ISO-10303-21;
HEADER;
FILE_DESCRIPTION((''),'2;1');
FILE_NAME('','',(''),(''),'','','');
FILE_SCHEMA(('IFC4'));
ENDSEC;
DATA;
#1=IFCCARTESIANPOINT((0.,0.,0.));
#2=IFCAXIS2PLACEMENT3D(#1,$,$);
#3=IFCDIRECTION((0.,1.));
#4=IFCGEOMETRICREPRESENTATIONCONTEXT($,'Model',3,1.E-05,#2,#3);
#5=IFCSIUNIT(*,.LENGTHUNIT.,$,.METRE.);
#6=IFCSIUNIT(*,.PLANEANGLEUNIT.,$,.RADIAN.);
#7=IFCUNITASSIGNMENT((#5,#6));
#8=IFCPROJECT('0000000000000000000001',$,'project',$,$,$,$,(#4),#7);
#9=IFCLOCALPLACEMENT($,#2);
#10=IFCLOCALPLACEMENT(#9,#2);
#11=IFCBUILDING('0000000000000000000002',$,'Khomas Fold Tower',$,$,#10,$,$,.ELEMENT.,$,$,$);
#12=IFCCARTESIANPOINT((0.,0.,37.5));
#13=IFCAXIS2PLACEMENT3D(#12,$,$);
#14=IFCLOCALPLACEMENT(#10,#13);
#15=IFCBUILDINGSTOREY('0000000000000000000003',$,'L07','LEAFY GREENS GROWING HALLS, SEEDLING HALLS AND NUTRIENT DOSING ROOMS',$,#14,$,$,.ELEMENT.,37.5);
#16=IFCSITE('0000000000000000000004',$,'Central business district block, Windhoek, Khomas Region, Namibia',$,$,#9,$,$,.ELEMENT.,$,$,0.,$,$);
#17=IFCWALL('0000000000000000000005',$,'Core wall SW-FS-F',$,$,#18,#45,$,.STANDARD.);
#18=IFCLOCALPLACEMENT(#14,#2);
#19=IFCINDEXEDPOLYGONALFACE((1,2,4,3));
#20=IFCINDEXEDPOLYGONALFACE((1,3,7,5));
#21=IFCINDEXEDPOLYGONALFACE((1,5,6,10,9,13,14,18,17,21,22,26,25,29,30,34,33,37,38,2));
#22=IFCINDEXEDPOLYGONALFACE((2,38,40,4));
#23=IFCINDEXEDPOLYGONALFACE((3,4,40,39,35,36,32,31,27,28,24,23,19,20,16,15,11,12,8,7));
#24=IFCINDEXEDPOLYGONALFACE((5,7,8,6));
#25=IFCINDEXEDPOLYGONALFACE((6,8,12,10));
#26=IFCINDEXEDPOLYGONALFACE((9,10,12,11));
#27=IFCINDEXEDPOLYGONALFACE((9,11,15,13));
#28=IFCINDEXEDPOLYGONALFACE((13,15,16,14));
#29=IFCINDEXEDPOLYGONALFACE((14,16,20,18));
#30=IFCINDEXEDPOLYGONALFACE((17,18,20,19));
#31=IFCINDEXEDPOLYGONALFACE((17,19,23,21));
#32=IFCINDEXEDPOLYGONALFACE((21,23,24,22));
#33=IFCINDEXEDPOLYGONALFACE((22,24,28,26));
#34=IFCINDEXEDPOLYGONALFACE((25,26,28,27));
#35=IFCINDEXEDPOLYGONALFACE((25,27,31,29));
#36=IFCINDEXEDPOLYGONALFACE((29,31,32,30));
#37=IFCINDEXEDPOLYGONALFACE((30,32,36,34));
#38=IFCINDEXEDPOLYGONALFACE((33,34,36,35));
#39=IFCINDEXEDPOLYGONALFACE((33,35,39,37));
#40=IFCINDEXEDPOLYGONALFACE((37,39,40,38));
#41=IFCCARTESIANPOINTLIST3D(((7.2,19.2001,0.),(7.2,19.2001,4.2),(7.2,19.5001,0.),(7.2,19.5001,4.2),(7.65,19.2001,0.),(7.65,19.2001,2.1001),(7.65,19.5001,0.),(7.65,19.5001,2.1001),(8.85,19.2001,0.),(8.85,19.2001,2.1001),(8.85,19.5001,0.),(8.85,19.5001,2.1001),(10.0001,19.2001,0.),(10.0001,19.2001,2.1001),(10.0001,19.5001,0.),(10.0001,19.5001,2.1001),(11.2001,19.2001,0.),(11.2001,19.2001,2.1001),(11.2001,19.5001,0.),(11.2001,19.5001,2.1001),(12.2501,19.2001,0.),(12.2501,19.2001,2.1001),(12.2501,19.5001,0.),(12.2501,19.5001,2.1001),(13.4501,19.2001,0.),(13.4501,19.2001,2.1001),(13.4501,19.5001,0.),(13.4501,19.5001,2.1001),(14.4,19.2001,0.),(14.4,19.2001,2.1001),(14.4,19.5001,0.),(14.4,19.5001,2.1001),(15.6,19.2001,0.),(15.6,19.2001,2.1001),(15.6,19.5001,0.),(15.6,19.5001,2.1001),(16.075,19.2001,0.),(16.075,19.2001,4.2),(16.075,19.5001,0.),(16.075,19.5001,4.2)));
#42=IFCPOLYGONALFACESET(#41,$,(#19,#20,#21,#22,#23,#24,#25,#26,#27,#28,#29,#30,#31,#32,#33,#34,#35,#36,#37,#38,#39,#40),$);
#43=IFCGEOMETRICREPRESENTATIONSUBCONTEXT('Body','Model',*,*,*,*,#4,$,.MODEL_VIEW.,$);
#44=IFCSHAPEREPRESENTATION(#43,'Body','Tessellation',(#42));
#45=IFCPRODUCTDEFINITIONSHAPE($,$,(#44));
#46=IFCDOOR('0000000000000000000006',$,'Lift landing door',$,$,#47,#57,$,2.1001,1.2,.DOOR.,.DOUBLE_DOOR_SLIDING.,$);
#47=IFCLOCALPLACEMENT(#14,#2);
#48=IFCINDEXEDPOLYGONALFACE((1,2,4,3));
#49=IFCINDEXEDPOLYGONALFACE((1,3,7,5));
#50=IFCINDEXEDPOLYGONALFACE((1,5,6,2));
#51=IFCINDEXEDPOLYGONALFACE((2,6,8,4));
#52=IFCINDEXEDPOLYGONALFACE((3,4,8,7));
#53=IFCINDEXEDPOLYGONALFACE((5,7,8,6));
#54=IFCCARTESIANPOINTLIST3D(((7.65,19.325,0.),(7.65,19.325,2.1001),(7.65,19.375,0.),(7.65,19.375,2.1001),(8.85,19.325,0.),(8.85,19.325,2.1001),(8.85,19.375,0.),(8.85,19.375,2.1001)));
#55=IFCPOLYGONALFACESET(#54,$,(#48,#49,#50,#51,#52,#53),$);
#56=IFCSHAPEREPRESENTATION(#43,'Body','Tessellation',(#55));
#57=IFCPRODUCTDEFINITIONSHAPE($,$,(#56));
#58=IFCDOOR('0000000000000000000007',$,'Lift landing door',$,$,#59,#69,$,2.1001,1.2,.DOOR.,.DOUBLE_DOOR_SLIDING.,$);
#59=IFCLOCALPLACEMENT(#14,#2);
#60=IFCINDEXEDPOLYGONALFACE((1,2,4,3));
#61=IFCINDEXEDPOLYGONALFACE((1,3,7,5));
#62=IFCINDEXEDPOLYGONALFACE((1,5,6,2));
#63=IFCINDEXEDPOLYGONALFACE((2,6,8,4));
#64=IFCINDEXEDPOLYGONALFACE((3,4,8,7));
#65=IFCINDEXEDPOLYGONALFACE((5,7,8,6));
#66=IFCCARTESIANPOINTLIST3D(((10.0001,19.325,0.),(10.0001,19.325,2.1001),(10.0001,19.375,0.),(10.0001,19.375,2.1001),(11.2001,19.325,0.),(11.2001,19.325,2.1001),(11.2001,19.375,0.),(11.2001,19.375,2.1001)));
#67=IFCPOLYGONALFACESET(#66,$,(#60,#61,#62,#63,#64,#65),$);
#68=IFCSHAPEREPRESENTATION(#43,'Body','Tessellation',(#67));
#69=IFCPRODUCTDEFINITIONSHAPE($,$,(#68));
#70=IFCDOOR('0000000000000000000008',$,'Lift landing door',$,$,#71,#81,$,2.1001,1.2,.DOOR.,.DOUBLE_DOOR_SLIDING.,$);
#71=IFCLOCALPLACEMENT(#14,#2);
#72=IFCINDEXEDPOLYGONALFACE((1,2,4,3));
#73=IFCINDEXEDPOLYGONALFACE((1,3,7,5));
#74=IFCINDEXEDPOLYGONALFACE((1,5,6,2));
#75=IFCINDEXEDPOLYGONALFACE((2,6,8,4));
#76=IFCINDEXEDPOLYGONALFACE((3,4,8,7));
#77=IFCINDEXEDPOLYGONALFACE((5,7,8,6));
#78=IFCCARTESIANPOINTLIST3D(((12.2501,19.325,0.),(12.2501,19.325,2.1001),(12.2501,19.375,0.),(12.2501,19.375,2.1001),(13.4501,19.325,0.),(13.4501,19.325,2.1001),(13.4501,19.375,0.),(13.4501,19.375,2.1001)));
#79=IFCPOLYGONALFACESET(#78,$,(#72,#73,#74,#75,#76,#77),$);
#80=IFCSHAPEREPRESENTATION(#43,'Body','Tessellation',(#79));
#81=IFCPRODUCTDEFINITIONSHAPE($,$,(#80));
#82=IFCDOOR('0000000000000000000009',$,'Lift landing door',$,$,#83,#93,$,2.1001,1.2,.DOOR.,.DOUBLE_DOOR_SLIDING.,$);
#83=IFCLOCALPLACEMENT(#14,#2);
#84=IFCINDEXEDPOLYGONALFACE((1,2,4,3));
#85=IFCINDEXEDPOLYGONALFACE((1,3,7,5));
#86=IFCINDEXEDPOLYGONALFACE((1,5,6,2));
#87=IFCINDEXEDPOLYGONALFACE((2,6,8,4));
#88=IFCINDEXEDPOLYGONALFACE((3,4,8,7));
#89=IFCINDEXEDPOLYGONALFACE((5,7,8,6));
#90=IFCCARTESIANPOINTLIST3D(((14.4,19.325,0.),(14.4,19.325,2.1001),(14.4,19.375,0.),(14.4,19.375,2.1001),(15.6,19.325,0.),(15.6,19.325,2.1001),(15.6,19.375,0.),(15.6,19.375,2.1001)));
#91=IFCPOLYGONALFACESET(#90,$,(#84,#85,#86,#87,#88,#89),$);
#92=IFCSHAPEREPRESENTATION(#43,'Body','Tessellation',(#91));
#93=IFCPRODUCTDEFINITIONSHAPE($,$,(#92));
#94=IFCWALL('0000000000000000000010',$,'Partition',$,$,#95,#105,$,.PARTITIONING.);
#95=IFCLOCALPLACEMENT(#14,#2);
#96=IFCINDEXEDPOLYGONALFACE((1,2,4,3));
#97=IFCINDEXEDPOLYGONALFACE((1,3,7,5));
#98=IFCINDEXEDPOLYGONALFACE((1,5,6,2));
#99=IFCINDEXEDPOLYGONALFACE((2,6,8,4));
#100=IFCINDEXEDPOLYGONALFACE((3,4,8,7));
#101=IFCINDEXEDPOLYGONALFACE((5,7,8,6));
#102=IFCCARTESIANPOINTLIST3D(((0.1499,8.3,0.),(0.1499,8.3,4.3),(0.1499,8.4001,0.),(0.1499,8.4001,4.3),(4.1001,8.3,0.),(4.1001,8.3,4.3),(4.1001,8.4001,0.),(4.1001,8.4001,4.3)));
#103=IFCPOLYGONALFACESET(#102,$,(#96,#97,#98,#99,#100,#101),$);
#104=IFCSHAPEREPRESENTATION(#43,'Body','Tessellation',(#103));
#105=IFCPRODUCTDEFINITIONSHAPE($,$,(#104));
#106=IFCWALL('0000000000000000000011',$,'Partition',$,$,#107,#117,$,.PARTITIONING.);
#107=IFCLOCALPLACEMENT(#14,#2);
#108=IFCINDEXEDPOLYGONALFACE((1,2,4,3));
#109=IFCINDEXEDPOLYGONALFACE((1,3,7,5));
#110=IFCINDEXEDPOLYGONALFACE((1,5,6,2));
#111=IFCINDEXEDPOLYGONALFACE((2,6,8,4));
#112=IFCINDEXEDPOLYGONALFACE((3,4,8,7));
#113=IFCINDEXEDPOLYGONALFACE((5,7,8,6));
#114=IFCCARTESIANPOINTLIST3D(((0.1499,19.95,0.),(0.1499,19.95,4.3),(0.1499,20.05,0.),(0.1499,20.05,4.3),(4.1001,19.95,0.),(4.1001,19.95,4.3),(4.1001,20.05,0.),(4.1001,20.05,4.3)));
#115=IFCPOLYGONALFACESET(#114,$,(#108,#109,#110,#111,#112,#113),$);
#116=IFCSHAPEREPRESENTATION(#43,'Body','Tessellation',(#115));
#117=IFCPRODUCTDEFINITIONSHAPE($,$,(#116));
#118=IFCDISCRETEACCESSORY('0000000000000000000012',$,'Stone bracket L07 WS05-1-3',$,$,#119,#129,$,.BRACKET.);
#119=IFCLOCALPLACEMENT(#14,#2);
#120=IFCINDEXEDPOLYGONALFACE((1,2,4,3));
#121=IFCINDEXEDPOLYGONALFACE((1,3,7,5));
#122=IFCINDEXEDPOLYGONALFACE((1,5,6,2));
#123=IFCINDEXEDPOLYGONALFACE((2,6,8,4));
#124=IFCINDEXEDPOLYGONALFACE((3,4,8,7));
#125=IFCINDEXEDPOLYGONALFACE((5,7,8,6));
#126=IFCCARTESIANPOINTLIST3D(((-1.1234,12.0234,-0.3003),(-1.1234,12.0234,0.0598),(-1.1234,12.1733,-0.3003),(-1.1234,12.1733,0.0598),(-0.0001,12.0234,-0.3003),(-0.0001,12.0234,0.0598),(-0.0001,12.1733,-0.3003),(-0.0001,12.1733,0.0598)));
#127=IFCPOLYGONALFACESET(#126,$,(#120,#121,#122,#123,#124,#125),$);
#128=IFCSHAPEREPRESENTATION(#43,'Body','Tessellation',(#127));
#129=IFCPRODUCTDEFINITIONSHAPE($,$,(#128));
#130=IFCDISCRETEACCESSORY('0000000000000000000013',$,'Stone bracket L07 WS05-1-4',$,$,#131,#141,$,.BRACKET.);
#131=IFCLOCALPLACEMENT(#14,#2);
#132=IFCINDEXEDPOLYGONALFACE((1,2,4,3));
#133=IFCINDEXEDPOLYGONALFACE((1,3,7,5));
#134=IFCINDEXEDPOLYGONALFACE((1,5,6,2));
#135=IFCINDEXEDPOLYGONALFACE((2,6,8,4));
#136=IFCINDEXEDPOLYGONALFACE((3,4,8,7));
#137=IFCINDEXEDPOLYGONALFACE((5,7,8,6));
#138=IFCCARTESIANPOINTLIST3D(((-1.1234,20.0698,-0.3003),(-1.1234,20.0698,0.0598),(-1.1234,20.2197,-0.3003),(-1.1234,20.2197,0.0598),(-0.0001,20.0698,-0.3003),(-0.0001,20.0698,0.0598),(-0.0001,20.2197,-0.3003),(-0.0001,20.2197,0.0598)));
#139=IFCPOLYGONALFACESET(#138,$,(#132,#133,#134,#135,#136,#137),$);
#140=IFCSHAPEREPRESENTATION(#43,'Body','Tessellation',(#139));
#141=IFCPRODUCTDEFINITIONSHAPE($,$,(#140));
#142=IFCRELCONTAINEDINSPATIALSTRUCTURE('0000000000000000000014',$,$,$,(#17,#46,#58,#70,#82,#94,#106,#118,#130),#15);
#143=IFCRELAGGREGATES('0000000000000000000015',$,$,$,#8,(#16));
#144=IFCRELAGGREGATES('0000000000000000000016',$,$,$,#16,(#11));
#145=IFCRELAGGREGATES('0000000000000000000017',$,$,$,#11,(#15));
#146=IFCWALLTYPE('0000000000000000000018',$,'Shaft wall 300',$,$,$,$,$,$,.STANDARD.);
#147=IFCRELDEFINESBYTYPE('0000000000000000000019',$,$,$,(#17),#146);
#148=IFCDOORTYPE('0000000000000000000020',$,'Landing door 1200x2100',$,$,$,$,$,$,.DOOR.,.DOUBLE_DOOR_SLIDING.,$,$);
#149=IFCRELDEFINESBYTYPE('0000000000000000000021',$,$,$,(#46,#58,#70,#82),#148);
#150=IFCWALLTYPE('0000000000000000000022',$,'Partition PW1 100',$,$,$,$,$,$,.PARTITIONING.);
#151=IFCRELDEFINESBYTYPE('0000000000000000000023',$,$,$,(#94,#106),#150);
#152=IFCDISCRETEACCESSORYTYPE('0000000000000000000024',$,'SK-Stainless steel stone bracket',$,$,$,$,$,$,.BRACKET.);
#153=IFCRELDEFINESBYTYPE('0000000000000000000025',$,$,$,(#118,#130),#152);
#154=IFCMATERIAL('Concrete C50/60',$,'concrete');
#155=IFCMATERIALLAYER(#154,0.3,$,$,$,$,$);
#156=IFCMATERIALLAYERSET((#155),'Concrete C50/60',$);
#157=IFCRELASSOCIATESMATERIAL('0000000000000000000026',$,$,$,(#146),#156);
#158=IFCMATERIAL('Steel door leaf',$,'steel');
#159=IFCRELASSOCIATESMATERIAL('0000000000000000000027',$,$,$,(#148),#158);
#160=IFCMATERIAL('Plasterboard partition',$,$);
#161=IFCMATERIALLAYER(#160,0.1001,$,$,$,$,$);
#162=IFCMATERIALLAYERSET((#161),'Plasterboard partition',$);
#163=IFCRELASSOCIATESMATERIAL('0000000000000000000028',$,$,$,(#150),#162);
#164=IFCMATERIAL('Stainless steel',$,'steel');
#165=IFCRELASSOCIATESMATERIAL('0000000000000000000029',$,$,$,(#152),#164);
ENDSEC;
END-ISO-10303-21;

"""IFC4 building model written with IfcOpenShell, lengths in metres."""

from ifc_helpers import new_model, si_unit, direction, frame, frame_2d, origin, origin_2d, place, context, subcontext, project, spatial, rectangle, extrude, source, transform, mapped, material, layer, layer_set, type_object, element, fill, save


model = new_model("IFC4")

# Units and contexts
model_context = context("Model", 3, precision=1e-05, world=origin(), true_north=direction((0.0, 1.0)))
body_context = subcontext(model_context, "Body", "Model", "MODEL_VIEW")
ifc_project = project(units=[si_unit("LENGTHUNIT", "METRE"), si_unit("PLANEANGLEUNIT", "RADIAN")], contexts=[model_context])

# Site, building, storey
site_placement = place(None, origin())
site = spatial("IfcSite", under=ifc_project, at=site_placement, Name="Central business district block, Windhoek, Khomas Region, Namibia", CompositionType="ELEMENT", RefElevation=0.0)
building_placement = place(site_placement, origin())
building = spatial("IfcBuilding", under=site, at=building_placement, Name="Khomas Fold Tower", CompositionType="ELEMENT")
storey_placement = place(building_placement, frame((0.0, 0.0, 37.5)))
storey = spatial("IfcBuildingStorey", under=building, at=storey_placement, Name="L07", Description="LEAFY GREENS GROWING HALLS, SEEDLING HALLS AND NUTRIENT DOSING ROOMS", CompositionType="ELEMENT", Elevation=37.5)

# Shared definitions
ifc_material_1 = material(Name="Concrete C50/60", Category="concrete")
ifc_layer_1 = layer(ifc_material_1, 0.3)
ifc_layer_set_1 = layer_set([ifc_layer_1], Name="Concrete C50/60")
wall_type_1 = type_object("IfcWallType", Name="Shaft wall 300", PredefinedType="STANDARD", material=ifc_layer_set_1)

# Wall, openings, doors
shared_shape_1 = source(origin(), body_context, "Body", "SweptSolid", [
    extrude(rectangle(XDim=8.875, YDim=0.3, at=frame_2d((4.4375, 0.0))), origin(), (0.0, 0.0, 1.0), 4.2),
])
wall_1_placement = place(storey_placement, frame((7.2, 19.3501, 0.0), z_axis=(0.0, 0.0, 1.0), x_axis=(1.0, 0.0, 0.0)))
wall_1 = element("IfcWall", 1, at=wall_1_placement, inside=storey, type_object=wall_type_1, Name="Core wall SW-FS-F", PredefinedType="STANDARD", context=body_context, shape_type="MappedRepresentation", body=[
    mapped(shared_shape_1, transform((0.0, 0.0, 0.0))),
])
shared_shape_2 = source(origin(), body_context, "Body", "SweptSolid", [
    extrude(rectangle(XDim=1.2, YDim=2.1001, at=frame_2d((0.6001, 1.05))), frame((0.0, 0.1599, 0.0), z_axis=(0.0, -1.0, 0.0), x_axis=(1.0, 0.0, 0.0)), (0.0, 0.0, 1.0), 0.3201),
])
opening_1_placement = place(wall_1_placement, frame((0.45, 0.0, 0.0)))
opening_1 = element("IfcOpeningElement", 2, at=opening_1_placement, cuts=wall_1, PredefinedType="OPENING", context=body_context, shape_type="MappedRepresentation", body=[
    mapped(shared_shape_2, transform((0.0, 0.0, 0.0))),
])
opening_2_placement = place(wall_1_placement, frame((2.8, 0.0, 0.0)))
opening_2 = element("IfcOpeningElement", 3, at=opening_2_placement, cuts=wall_1, PredefinedType="OPENING", context=body_context, shape_type="MappedRepresentation", body=[
    mapped(shared_shape_2, transform((0.0, 0.0, 0.0))),
])
opening_3_placement = place(wall_1_placement, frame((5.05, 0.0, 0.0)))
opening_3 = element("IfcOpeningElement", 4, at=opening_3_placement, cuts=wall_1, PredefinedType="OPENING", context=body_context, shape_type="MappedRepresentation", body=[
    mapped(shared_shape_2, transform((0.0, 0.0, 0.0))),
])
opening_4_placement = place(wall_1_placement, frame((7.2, 0.0, 0.0)))
opening_4 = element("IfcOpeningElement", 5, at=opening_4_placement, cuts=wall_1, PredefinedType="OPENING", context=body_context, shape_type="MappedRepresentation", body=[
    mapped(shared_shape_2, transform((0.0, 0.0, 0.0))),
])
ifc_material_2 = material(Name="Steel door leaf", Category="steel")
door_type_1 = type_object("IfcDoorType", Name="Landing door 1200x2100", OperationType="DOUBLE_DOOR_SLIDING", PredefinedType="DOOR", material=ifc_material_2)
shared_shape_3 = source(origin(), body_context, "Body", "SweptSolid", [
    extrude(rectangle(XDim=1.2, YDim=2.1001, at=frame_2d((0.6001, 1.05))), frame((0.0, 0.0249, 0.0), z_axis=(0.0, -1.0, 0.0), x_axis=(1.0, 0.0, 0.0)), (0.0, 0.0, 1.0), 0.05),
])
door_1_placement = place(opening_1_placement, origin())
door_1 = element("IfcDoor", 6, at=door_1_placement, inside=storey, type_object=door_type_1, Name="Lift landing door", OperationType="DOUBLE_DOOR_SLIDING", OverallHeight=2.1001, OverallWidth=1.2, PredefinedType="DOOR", context=body_context, shape_type="MappedRepresentation", body=[
    mapped(shared_shape_3, transform((0.0, 0.0, 0.0))),
])
fill(opening_1, door_1)
door_2_placement = place(opening_2_placement, origin())
door_2 = element("IfcDoor", 7, at=door_2_placement, inside=storey, type_object=door_type_1, Name="Lift landing door", OperationType="DOUBLE_DOOR_SLIDING", OverallHeight=2.1001, OverallWidth=1.2, PredefinedType="DOOR", context=body_context, shape_type="MappedRepresentation", body=[
    mapped(shared_shape_3, transform((0.0, 0.0, 0.0))),
])
fill(opening_2, door_2)
door_3_placement = place(opening_3_placement, origin())
door_3 = element("IfcDoor", 8, at=door_3_placement, inside=storey, type_object=door_type_1, Name="Lift landing door", OperationType="DOUBLE_DOOR_SLIDING", OverallHeight=2.1001, OverallWidth=1.2, PredefinedType="DOOR", context=body_context, shape_type="MappedRepresentation", body=[
    mapped(shared_shape_3, transform((0.0, 0.0, 0.0))),
])
fill(opening_3, door_3)
door_4_placement = place(opening_4_placement, origin())
door_4 = element("IfcDoor", 9, at=door_4_placement, inside=storey, type_object=door_type_1, Name="Lift landing door", OperationType="DOUBLE_DOOR_SLIDING", OverallHeight=2.1001, OverallWidth=1.2, PredefinedType="DOOR", context=body_context, shape_type="MappedRepresentation", body=[
    mapped(shared_shape_3, transform((0.0, 0.0, 0.0))),
])
fill(opening_4, door_4)

# Walls
ifc_material_3 = material(Name="Plasterboard partition")
ifc_layer_2 = layer(ifc_material_3, 0.1001)
ifc_layer_set_2 = layer_set([ifc_layer_2], Name="Plasterboard partition")
wall_type_2 = type_object("IfcWallType", Name="Partition PW1 100", PredefinedType="PARTITIONING", material=ifc_layer_set_2)
shared_shape_4 = source(origin(), body_context, "Body", "SweptSolid", [
    extrude(rectangle(XDim=3.9502, YDim=0.1001, at=frame_2d((1.9751, 0.0))), origin(), (0.0, 0.0, 1.0), 4.3),
])
for number, where, z_axis, x_axis, name in (
    (10, (0.1499, 8.3501, 0.0), (0.0, 0.0, 1.0), (1.0, 0.0, 0.0), "Partition"),
    (11, (0.1499, 20.0, 0.0), (0.0, 0.0, 1.0), (1.0, 0.0, 0.0), "Partition"),
):
    element("IfcWall", number, at=place(storey_placement, frame(where, z_axis=z_axis, x_axis=x_axis)), inside=storey, type_object=wall_type_2, Name=name, PredefinedType="PARTITIONING", context=body_context, shape_type="MappedRepresentation", body=[
        mapped(shared_shape_4, transform((0.0, 0.0, 0.0))),
    ])

# Discrete accessories
ifc_material_4 = material(Name="Stainless steel", Category="steel")
discrete_accessory_type = type_object("IfcDiscreteAccessoryType", Name="SK-Stainless steel stone bracket", PredefinedType="BRACKET", material=ifc_material_4)
shared_shape_5 = source(origin(), body_context, "Body", "SweptSolid", [
    extrude(rectangle(XDim=1.1233, YDim=0.1499, at=origin_2d()), origin(), (0.0, 0.0, 1.0), 0.3601),
])
for number, where, z_axis, x_axis, name in (
    (12, (-0.5618, 12.0984, -0.3003), (0.0, 0.0, 1.0), (-1.0, 0.0, 0.0), "Stone bracket L07 WS05-1-3"),
    (13, (-0.5618, 20.1448, -0.3003), (0.0, 0.0, 1.0), (-1.0, 0.0, 0.0), "Stone bracket L07 WS05-1-4"),
):
    element("IfcDiscreteAccessory", number, at=place(storey_placement, frame(where, z_axis=z_axis, x_axis=x_axis)), inside=storey, type_object=discrete_accessory_type, Name=name, PredefinedType="BRACKET", context=body_context, shape_type="MappedRepresentation", body=[
        mapped(shared_shape_5, transform((0.0, 0.0, 0.0))),
    ])

save(model, "model.ifc")
